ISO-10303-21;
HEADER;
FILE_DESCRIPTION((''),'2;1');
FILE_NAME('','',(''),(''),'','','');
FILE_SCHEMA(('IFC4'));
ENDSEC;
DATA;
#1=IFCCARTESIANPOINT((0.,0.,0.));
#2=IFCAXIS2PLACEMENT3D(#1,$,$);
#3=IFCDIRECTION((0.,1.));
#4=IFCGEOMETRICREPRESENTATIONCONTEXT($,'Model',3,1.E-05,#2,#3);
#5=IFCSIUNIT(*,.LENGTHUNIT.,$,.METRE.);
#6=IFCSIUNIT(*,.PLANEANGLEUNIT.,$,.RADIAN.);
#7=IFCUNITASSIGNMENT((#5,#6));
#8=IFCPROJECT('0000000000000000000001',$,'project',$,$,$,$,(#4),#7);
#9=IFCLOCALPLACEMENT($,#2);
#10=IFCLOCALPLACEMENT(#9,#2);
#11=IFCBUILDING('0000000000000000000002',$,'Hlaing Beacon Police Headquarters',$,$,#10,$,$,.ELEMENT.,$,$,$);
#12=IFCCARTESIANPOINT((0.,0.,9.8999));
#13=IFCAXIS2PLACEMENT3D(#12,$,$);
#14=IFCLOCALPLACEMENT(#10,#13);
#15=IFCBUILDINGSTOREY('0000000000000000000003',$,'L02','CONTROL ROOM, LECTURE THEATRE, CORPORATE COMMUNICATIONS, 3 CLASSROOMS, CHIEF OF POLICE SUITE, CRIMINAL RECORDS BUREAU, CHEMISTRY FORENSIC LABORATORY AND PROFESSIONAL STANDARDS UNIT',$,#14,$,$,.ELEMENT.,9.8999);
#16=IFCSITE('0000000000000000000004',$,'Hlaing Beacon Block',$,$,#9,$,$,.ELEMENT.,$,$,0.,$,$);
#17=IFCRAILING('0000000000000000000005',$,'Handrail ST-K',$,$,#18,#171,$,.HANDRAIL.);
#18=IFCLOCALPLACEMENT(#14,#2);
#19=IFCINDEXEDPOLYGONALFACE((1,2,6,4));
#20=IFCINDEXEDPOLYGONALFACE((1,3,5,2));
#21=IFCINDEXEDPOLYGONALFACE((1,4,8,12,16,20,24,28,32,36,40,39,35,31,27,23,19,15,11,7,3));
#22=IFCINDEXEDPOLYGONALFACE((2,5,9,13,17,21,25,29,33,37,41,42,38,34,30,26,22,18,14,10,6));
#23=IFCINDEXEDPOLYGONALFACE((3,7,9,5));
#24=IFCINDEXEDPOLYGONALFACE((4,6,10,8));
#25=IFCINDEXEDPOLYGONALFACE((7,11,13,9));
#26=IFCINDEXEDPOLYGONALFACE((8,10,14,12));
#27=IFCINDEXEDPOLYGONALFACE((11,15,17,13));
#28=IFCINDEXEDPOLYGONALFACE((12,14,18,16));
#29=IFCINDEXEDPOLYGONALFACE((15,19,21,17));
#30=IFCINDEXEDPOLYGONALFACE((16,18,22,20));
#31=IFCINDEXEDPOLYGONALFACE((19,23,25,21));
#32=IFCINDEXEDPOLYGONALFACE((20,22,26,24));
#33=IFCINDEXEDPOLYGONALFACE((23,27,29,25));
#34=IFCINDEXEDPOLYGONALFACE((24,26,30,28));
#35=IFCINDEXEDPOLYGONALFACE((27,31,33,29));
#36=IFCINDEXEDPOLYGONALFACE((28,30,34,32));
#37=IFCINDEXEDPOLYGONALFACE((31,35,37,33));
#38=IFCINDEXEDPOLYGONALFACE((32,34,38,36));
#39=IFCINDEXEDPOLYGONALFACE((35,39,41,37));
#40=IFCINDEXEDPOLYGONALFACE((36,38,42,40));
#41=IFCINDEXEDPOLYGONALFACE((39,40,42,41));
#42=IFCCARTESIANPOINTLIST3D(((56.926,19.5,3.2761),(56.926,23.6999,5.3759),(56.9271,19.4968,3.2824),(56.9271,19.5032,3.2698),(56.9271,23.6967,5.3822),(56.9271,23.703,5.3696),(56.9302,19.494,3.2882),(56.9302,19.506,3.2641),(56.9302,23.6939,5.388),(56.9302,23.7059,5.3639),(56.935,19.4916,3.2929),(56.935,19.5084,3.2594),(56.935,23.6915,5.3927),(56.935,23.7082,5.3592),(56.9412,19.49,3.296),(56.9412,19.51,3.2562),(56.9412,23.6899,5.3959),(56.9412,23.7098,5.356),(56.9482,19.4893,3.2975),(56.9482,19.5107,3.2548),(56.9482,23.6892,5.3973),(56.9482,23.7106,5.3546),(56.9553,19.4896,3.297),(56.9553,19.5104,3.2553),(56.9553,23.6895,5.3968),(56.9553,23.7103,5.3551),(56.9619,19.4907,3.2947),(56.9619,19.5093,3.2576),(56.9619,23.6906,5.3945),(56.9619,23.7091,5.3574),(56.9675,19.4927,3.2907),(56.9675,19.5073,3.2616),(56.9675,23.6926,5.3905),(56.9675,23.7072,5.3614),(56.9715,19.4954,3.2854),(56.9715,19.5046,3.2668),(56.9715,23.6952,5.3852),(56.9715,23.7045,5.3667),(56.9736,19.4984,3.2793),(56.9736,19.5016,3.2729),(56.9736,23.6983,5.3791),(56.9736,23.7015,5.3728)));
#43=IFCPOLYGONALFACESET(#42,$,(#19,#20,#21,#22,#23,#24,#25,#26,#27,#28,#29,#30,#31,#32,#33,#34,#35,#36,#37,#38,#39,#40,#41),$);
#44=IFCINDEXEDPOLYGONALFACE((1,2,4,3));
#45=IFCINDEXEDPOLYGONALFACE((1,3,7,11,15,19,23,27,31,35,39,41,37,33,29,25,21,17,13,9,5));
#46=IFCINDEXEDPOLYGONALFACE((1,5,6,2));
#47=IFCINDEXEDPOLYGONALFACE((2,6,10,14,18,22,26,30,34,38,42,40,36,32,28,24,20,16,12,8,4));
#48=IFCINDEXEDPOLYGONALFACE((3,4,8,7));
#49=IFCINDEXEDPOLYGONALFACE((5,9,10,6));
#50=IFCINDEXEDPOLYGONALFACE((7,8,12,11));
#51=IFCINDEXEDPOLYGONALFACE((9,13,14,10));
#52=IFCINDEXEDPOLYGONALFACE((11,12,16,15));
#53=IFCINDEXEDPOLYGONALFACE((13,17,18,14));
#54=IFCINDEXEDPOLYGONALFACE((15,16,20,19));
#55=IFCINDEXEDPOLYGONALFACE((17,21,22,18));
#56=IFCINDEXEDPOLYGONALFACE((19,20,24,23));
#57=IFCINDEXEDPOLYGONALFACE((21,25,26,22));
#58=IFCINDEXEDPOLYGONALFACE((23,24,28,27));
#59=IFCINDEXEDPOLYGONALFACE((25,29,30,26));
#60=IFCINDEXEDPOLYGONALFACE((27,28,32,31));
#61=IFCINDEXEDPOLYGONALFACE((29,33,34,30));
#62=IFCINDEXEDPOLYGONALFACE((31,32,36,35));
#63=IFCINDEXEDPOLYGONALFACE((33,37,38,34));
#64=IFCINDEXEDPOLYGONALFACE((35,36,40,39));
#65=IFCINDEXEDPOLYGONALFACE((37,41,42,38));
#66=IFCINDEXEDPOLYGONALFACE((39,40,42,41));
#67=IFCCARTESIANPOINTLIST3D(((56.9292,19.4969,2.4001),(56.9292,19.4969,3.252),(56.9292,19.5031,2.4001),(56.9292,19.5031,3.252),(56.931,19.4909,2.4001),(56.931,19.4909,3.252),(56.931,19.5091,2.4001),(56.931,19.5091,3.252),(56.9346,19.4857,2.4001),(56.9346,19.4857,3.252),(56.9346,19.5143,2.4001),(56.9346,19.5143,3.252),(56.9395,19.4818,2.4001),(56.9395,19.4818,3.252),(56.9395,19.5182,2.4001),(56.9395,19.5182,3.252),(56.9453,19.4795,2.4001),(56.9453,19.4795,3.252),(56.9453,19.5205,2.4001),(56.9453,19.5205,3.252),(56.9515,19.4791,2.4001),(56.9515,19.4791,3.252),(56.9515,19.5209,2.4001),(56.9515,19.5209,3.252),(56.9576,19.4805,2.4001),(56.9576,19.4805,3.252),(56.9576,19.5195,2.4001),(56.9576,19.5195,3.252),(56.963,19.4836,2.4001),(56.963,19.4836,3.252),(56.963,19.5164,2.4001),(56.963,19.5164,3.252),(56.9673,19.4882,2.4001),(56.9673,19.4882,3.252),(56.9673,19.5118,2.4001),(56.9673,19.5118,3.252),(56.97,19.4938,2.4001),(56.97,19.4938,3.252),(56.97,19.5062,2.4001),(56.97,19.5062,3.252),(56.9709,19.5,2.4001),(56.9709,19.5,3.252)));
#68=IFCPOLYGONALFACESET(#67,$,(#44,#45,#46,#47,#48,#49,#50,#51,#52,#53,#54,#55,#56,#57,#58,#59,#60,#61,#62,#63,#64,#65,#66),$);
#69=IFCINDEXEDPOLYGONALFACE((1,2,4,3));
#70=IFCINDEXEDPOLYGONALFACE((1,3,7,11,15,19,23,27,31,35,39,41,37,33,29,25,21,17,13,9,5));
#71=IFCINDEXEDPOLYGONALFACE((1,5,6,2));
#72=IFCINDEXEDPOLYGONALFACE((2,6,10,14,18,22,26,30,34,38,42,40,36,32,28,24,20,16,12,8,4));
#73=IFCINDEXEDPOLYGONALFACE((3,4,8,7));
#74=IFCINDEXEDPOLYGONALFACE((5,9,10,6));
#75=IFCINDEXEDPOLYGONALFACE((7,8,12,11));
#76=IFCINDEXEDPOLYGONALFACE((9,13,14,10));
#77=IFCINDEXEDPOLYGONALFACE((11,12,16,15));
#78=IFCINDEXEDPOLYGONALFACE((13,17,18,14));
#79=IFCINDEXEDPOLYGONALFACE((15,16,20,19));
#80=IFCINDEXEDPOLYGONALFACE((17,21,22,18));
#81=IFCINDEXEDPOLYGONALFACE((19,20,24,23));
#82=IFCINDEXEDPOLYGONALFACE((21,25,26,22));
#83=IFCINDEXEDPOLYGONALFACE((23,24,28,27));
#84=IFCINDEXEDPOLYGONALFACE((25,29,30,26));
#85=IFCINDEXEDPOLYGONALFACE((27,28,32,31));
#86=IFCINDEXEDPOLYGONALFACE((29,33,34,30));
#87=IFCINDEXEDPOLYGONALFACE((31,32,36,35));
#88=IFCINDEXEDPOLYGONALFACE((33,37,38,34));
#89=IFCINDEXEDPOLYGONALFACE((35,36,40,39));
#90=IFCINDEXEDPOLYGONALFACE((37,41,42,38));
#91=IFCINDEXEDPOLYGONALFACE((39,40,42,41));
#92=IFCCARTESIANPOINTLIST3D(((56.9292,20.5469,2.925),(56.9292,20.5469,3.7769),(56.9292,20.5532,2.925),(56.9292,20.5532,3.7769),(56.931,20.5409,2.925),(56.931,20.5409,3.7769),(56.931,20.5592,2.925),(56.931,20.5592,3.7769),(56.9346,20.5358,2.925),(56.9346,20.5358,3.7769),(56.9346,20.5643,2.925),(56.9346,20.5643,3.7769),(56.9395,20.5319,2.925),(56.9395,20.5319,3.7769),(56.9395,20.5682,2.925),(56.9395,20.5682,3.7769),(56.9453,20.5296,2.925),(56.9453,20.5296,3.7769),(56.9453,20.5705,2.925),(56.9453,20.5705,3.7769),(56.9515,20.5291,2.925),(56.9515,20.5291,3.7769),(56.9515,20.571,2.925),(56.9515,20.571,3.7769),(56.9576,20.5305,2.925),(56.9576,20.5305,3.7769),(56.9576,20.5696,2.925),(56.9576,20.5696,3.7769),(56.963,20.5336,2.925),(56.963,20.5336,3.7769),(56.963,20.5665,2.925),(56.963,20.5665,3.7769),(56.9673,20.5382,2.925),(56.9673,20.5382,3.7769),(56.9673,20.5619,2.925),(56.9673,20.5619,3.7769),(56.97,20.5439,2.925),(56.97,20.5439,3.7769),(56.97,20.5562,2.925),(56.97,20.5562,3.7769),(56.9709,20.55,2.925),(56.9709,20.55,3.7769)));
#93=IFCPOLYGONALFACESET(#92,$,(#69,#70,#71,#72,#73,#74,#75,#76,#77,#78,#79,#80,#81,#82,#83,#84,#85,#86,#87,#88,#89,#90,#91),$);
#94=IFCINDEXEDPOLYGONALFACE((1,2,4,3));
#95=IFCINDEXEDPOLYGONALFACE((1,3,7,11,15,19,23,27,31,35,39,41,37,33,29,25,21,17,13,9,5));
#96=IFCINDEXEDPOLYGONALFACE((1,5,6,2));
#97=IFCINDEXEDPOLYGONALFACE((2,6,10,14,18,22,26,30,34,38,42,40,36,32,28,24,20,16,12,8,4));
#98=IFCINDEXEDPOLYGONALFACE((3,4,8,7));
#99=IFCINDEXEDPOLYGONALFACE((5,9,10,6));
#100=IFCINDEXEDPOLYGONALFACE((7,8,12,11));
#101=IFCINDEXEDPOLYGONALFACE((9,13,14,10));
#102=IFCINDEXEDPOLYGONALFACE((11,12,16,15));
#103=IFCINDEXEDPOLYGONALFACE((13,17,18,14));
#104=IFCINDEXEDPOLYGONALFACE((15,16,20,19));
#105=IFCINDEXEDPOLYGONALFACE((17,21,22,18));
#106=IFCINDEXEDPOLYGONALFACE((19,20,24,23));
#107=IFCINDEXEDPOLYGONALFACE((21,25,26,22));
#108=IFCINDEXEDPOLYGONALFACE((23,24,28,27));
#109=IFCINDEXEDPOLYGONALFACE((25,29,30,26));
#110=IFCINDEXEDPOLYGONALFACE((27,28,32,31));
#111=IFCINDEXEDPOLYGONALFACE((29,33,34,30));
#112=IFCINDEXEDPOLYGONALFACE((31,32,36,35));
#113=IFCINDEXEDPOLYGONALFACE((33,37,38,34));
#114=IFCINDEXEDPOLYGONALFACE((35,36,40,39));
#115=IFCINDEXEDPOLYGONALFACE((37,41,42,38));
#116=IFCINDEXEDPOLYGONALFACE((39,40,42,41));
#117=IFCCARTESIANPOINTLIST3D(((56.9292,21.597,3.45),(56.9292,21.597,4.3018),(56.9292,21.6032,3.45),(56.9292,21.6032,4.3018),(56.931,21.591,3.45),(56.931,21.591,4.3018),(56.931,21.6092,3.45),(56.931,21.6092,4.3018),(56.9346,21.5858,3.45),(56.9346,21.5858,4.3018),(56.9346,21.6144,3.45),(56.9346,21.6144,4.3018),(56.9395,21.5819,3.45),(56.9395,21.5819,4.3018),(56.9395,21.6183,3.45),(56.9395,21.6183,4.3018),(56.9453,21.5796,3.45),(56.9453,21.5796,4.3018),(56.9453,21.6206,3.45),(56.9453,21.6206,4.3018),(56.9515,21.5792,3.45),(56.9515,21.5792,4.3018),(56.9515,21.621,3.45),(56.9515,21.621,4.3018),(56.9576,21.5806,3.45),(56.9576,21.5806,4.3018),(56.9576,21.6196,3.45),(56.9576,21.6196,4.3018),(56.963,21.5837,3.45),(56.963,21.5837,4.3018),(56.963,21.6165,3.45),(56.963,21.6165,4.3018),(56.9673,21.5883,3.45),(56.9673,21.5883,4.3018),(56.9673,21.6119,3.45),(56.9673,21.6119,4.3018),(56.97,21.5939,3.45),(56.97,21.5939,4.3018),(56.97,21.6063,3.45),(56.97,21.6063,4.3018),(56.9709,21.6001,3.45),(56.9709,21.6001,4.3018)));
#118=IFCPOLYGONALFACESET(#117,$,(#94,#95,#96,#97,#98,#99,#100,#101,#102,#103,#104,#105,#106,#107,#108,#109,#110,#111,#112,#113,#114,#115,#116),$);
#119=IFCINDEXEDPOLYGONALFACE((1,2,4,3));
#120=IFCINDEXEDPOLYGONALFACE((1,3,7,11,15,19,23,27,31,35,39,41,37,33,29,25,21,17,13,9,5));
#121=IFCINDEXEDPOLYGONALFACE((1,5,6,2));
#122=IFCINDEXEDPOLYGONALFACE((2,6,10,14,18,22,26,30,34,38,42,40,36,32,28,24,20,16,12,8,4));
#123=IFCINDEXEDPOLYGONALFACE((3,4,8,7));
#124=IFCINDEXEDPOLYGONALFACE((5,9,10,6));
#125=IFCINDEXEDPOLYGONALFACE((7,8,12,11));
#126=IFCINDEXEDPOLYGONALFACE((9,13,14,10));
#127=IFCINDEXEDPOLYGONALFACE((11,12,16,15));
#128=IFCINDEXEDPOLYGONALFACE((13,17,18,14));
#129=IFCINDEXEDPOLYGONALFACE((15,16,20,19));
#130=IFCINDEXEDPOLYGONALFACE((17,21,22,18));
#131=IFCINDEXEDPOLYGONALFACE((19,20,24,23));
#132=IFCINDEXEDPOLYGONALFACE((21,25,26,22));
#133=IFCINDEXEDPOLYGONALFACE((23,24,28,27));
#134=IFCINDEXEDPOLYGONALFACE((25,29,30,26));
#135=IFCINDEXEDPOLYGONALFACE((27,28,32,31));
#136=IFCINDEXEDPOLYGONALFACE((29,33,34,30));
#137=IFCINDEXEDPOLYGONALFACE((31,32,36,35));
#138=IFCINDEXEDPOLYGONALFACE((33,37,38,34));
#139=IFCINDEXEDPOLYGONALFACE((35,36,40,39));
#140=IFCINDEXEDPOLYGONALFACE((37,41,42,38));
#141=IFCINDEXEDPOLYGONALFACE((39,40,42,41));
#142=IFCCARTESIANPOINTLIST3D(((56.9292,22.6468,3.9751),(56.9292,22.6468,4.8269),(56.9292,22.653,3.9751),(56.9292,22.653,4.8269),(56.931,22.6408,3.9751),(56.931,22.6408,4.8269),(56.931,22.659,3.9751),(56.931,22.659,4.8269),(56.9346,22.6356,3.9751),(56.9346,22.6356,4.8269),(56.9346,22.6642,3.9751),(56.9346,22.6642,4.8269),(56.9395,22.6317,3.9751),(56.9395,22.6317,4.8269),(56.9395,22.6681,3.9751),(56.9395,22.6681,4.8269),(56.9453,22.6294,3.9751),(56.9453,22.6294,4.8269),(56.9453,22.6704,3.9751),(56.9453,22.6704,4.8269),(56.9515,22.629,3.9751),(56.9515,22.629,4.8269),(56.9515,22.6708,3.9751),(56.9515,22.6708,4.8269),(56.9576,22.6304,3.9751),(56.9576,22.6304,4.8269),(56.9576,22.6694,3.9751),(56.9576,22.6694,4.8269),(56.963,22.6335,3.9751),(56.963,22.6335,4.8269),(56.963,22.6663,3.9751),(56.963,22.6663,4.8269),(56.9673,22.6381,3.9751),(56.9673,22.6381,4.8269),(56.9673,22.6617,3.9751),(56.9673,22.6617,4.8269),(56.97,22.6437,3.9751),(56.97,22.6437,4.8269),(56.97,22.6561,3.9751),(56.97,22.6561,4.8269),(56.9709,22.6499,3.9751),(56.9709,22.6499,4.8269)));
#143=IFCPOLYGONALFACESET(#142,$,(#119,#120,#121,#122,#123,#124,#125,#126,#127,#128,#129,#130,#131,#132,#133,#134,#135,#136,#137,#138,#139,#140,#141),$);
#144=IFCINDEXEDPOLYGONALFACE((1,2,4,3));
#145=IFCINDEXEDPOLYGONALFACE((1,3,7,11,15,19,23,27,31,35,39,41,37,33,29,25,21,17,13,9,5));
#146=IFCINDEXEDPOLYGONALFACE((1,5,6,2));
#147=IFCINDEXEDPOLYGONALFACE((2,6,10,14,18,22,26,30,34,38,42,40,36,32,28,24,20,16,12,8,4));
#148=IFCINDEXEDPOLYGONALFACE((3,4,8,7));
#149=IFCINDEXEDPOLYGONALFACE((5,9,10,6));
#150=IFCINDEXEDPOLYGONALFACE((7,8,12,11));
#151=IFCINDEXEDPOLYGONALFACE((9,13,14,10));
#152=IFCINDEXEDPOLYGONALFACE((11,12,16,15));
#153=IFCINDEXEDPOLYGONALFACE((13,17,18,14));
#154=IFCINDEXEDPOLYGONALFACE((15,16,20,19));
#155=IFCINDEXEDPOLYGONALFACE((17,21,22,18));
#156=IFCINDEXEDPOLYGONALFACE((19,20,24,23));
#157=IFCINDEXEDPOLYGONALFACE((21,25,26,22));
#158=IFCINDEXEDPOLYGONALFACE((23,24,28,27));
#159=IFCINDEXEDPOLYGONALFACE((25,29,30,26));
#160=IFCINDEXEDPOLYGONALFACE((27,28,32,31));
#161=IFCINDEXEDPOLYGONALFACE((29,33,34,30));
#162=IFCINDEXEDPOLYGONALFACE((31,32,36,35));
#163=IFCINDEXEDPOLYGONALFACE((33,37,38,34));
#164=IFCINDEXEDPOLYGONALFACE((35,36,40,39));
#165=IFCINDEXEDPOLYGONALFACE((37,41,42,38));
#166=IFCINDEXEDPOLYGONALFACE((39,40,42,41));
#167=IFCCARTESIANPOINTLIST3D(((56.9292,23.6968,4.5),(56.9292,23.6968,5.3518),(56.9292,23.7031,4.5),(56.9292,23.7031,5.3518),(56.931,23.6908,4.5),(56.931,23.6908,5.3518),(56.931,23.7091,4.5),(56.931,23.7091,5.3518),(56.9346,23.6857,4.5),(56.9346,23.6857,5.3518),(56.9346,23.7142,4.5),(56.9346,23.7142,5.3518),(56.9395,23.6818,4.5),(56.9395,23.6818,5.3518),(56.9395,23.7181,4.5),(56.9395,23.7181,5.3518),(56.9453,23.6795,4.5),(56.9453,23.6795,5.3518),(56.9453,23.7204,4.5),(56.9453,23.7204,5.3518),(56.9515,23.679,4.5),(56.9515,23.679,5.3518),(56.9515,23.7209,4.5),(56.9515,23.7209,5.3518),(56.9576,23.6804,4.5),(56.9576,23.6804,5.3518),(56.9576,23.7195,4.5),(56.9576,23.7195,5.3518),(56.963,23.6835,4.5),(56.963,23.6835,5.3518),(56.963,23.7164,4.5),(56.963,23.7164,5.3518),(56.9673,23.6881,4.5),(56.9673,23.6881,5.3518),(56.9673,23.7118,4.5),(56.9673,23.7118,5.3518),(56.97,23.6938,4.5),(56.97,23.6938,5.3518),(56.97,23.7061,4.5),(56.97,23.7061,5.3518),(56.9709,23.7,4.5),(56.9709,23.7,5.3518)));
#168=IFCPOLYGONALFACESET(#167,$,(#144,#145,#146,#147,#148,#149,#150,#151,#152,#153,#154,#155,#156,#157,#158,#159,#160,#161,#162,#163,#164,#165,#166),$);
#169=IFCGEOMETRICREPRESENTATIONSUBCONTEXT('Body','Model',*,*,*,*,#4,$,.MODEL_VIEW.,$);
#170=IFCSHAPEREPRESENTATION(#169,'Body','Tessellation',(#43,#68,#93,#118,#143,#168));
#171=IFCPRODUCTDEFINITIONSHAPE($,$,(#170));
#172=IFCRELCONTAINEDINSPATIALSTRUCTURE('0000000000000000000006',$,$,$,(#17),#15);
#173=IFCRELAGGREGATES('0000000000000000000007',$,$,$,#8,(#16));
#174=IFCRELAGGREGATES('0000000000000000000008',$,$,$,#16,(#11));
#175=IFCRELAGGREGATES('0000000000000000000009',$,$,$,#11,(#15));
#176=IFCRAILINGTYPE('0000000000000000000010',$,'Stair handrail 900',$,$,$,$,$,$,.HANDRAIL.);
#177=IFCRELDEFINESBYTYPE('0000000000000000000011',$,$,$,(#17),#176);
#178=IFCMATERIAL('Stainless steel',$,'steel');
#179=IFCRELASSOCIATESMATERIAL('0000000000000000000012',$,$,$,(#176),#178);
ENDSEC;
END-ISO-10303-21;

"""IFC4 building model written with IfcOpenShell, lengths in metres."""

from ifc_helpers import new_model, si_unit, direction, frame, origin, origin_2d, place, context, subcontext, project, spatial, circle, extrude, material, type_object, element, save


model = new_model("IFC4")

# Units and contexts
model_context = context("Model", 3, precision=1e-05, world=origin(), true_north=direction((0.0, 1.0)))
body_context = subcontext(model_context, "Body", "Model", "MODEL_VIEW")
ifc_project = project(units=[si_unit("LENGTHUNIT", "METRE"), si_unit("PLANEANGLEUNIT", "RADIAN")], contexts=[model_context])

# Site, building, storey
site_placement = place(None, origin())
site = spatial("IfcSite", under=ifc_project, at=site_placement, Name="Hlaing Beacon Block", CompositionType="ELEMENT", RefElevation=0.0)
building_placement = place(site_placement, origin())
building = spatial("IfcBuilding", under=site, at=building_placement, Name="Hlaing Beacon Police Headquarters", CompositionType="ELEMENT")
storey_placement = place(building_placement, frame((0.0, 0.0, 9.8999)))
storey = spatial("IfcBuildingStorey", under=building, at=storey_placement, Name="L02", Description="CONTROL ROOM, LECTURE THEATRE, CORPORATE COMMUNICATIONS, 3 CLASSROOMS, CHIEF OF POLICE SUITE, CRIMINAL RECORDS BUREAU, CHEMISTRY FORENSIC LABORATORY AND PROFESSIONAL STANDARDS UNIT", CompositionType="ELEMENT", Elevation=9.8999)

# Railing
ifc_material_1 = material(Name="Stainless steel", Category="steel")
railing_type = type_object("IfcRailingType", Name="Stair handrail 900", PredefinedType="HANDRAIL", material=ifc_material_1)
for number, where, name in (
    (1, (56.95, 19.5, 2.4001), "Handrail ST-K"),
):
    element("IfcRailing", number, at=place(storey_placement, frame(where)), inside=storey, type_object=railing_type, Name=name, PredefinedType="HANDRAIL", context=body_context, shape_type="SweptSolid", body=[
        extrude(circle(Radius=0.0239, at=origin_2d()), frame((0.0, 0.0, 0.876), z_axis=(0.0, 0.894438, 0.447193), x_axis=(-1.0, 0.0, 0.0)), (0.0, 0.0, 1.0), 4.6956),
        extrude(circle(Radius=0.021, at=origin_2d()), origin(), (0.0, 0.0, 1.0), 0.8518),
        extrude(circle(Radius=0.021, at=origin_2d()), frame((0.0, 1.05, 0.5249)), (0.0, 0.0, 1.0), 0.8518),
        extrude(circle(Radius=0.021, at=origin_2d()), frame((0.0, 2.1001, 1.0498)), (0.0, 0.0, 1.0), 0.8518),
        extrude(circle(Radius=0.021, at=origin_2d()), frame((0.0, 3.1499, 1.575)), (0.0, 0.0, 1.0), 0.8518),
        extrude(circle(Radius=0.021, at=origin_2d()), frame((0.0, 4.2, 2.0999)), (0.0, 0.0, 1.0), 0.8518),
    ])

save(model, "model.ifc")
